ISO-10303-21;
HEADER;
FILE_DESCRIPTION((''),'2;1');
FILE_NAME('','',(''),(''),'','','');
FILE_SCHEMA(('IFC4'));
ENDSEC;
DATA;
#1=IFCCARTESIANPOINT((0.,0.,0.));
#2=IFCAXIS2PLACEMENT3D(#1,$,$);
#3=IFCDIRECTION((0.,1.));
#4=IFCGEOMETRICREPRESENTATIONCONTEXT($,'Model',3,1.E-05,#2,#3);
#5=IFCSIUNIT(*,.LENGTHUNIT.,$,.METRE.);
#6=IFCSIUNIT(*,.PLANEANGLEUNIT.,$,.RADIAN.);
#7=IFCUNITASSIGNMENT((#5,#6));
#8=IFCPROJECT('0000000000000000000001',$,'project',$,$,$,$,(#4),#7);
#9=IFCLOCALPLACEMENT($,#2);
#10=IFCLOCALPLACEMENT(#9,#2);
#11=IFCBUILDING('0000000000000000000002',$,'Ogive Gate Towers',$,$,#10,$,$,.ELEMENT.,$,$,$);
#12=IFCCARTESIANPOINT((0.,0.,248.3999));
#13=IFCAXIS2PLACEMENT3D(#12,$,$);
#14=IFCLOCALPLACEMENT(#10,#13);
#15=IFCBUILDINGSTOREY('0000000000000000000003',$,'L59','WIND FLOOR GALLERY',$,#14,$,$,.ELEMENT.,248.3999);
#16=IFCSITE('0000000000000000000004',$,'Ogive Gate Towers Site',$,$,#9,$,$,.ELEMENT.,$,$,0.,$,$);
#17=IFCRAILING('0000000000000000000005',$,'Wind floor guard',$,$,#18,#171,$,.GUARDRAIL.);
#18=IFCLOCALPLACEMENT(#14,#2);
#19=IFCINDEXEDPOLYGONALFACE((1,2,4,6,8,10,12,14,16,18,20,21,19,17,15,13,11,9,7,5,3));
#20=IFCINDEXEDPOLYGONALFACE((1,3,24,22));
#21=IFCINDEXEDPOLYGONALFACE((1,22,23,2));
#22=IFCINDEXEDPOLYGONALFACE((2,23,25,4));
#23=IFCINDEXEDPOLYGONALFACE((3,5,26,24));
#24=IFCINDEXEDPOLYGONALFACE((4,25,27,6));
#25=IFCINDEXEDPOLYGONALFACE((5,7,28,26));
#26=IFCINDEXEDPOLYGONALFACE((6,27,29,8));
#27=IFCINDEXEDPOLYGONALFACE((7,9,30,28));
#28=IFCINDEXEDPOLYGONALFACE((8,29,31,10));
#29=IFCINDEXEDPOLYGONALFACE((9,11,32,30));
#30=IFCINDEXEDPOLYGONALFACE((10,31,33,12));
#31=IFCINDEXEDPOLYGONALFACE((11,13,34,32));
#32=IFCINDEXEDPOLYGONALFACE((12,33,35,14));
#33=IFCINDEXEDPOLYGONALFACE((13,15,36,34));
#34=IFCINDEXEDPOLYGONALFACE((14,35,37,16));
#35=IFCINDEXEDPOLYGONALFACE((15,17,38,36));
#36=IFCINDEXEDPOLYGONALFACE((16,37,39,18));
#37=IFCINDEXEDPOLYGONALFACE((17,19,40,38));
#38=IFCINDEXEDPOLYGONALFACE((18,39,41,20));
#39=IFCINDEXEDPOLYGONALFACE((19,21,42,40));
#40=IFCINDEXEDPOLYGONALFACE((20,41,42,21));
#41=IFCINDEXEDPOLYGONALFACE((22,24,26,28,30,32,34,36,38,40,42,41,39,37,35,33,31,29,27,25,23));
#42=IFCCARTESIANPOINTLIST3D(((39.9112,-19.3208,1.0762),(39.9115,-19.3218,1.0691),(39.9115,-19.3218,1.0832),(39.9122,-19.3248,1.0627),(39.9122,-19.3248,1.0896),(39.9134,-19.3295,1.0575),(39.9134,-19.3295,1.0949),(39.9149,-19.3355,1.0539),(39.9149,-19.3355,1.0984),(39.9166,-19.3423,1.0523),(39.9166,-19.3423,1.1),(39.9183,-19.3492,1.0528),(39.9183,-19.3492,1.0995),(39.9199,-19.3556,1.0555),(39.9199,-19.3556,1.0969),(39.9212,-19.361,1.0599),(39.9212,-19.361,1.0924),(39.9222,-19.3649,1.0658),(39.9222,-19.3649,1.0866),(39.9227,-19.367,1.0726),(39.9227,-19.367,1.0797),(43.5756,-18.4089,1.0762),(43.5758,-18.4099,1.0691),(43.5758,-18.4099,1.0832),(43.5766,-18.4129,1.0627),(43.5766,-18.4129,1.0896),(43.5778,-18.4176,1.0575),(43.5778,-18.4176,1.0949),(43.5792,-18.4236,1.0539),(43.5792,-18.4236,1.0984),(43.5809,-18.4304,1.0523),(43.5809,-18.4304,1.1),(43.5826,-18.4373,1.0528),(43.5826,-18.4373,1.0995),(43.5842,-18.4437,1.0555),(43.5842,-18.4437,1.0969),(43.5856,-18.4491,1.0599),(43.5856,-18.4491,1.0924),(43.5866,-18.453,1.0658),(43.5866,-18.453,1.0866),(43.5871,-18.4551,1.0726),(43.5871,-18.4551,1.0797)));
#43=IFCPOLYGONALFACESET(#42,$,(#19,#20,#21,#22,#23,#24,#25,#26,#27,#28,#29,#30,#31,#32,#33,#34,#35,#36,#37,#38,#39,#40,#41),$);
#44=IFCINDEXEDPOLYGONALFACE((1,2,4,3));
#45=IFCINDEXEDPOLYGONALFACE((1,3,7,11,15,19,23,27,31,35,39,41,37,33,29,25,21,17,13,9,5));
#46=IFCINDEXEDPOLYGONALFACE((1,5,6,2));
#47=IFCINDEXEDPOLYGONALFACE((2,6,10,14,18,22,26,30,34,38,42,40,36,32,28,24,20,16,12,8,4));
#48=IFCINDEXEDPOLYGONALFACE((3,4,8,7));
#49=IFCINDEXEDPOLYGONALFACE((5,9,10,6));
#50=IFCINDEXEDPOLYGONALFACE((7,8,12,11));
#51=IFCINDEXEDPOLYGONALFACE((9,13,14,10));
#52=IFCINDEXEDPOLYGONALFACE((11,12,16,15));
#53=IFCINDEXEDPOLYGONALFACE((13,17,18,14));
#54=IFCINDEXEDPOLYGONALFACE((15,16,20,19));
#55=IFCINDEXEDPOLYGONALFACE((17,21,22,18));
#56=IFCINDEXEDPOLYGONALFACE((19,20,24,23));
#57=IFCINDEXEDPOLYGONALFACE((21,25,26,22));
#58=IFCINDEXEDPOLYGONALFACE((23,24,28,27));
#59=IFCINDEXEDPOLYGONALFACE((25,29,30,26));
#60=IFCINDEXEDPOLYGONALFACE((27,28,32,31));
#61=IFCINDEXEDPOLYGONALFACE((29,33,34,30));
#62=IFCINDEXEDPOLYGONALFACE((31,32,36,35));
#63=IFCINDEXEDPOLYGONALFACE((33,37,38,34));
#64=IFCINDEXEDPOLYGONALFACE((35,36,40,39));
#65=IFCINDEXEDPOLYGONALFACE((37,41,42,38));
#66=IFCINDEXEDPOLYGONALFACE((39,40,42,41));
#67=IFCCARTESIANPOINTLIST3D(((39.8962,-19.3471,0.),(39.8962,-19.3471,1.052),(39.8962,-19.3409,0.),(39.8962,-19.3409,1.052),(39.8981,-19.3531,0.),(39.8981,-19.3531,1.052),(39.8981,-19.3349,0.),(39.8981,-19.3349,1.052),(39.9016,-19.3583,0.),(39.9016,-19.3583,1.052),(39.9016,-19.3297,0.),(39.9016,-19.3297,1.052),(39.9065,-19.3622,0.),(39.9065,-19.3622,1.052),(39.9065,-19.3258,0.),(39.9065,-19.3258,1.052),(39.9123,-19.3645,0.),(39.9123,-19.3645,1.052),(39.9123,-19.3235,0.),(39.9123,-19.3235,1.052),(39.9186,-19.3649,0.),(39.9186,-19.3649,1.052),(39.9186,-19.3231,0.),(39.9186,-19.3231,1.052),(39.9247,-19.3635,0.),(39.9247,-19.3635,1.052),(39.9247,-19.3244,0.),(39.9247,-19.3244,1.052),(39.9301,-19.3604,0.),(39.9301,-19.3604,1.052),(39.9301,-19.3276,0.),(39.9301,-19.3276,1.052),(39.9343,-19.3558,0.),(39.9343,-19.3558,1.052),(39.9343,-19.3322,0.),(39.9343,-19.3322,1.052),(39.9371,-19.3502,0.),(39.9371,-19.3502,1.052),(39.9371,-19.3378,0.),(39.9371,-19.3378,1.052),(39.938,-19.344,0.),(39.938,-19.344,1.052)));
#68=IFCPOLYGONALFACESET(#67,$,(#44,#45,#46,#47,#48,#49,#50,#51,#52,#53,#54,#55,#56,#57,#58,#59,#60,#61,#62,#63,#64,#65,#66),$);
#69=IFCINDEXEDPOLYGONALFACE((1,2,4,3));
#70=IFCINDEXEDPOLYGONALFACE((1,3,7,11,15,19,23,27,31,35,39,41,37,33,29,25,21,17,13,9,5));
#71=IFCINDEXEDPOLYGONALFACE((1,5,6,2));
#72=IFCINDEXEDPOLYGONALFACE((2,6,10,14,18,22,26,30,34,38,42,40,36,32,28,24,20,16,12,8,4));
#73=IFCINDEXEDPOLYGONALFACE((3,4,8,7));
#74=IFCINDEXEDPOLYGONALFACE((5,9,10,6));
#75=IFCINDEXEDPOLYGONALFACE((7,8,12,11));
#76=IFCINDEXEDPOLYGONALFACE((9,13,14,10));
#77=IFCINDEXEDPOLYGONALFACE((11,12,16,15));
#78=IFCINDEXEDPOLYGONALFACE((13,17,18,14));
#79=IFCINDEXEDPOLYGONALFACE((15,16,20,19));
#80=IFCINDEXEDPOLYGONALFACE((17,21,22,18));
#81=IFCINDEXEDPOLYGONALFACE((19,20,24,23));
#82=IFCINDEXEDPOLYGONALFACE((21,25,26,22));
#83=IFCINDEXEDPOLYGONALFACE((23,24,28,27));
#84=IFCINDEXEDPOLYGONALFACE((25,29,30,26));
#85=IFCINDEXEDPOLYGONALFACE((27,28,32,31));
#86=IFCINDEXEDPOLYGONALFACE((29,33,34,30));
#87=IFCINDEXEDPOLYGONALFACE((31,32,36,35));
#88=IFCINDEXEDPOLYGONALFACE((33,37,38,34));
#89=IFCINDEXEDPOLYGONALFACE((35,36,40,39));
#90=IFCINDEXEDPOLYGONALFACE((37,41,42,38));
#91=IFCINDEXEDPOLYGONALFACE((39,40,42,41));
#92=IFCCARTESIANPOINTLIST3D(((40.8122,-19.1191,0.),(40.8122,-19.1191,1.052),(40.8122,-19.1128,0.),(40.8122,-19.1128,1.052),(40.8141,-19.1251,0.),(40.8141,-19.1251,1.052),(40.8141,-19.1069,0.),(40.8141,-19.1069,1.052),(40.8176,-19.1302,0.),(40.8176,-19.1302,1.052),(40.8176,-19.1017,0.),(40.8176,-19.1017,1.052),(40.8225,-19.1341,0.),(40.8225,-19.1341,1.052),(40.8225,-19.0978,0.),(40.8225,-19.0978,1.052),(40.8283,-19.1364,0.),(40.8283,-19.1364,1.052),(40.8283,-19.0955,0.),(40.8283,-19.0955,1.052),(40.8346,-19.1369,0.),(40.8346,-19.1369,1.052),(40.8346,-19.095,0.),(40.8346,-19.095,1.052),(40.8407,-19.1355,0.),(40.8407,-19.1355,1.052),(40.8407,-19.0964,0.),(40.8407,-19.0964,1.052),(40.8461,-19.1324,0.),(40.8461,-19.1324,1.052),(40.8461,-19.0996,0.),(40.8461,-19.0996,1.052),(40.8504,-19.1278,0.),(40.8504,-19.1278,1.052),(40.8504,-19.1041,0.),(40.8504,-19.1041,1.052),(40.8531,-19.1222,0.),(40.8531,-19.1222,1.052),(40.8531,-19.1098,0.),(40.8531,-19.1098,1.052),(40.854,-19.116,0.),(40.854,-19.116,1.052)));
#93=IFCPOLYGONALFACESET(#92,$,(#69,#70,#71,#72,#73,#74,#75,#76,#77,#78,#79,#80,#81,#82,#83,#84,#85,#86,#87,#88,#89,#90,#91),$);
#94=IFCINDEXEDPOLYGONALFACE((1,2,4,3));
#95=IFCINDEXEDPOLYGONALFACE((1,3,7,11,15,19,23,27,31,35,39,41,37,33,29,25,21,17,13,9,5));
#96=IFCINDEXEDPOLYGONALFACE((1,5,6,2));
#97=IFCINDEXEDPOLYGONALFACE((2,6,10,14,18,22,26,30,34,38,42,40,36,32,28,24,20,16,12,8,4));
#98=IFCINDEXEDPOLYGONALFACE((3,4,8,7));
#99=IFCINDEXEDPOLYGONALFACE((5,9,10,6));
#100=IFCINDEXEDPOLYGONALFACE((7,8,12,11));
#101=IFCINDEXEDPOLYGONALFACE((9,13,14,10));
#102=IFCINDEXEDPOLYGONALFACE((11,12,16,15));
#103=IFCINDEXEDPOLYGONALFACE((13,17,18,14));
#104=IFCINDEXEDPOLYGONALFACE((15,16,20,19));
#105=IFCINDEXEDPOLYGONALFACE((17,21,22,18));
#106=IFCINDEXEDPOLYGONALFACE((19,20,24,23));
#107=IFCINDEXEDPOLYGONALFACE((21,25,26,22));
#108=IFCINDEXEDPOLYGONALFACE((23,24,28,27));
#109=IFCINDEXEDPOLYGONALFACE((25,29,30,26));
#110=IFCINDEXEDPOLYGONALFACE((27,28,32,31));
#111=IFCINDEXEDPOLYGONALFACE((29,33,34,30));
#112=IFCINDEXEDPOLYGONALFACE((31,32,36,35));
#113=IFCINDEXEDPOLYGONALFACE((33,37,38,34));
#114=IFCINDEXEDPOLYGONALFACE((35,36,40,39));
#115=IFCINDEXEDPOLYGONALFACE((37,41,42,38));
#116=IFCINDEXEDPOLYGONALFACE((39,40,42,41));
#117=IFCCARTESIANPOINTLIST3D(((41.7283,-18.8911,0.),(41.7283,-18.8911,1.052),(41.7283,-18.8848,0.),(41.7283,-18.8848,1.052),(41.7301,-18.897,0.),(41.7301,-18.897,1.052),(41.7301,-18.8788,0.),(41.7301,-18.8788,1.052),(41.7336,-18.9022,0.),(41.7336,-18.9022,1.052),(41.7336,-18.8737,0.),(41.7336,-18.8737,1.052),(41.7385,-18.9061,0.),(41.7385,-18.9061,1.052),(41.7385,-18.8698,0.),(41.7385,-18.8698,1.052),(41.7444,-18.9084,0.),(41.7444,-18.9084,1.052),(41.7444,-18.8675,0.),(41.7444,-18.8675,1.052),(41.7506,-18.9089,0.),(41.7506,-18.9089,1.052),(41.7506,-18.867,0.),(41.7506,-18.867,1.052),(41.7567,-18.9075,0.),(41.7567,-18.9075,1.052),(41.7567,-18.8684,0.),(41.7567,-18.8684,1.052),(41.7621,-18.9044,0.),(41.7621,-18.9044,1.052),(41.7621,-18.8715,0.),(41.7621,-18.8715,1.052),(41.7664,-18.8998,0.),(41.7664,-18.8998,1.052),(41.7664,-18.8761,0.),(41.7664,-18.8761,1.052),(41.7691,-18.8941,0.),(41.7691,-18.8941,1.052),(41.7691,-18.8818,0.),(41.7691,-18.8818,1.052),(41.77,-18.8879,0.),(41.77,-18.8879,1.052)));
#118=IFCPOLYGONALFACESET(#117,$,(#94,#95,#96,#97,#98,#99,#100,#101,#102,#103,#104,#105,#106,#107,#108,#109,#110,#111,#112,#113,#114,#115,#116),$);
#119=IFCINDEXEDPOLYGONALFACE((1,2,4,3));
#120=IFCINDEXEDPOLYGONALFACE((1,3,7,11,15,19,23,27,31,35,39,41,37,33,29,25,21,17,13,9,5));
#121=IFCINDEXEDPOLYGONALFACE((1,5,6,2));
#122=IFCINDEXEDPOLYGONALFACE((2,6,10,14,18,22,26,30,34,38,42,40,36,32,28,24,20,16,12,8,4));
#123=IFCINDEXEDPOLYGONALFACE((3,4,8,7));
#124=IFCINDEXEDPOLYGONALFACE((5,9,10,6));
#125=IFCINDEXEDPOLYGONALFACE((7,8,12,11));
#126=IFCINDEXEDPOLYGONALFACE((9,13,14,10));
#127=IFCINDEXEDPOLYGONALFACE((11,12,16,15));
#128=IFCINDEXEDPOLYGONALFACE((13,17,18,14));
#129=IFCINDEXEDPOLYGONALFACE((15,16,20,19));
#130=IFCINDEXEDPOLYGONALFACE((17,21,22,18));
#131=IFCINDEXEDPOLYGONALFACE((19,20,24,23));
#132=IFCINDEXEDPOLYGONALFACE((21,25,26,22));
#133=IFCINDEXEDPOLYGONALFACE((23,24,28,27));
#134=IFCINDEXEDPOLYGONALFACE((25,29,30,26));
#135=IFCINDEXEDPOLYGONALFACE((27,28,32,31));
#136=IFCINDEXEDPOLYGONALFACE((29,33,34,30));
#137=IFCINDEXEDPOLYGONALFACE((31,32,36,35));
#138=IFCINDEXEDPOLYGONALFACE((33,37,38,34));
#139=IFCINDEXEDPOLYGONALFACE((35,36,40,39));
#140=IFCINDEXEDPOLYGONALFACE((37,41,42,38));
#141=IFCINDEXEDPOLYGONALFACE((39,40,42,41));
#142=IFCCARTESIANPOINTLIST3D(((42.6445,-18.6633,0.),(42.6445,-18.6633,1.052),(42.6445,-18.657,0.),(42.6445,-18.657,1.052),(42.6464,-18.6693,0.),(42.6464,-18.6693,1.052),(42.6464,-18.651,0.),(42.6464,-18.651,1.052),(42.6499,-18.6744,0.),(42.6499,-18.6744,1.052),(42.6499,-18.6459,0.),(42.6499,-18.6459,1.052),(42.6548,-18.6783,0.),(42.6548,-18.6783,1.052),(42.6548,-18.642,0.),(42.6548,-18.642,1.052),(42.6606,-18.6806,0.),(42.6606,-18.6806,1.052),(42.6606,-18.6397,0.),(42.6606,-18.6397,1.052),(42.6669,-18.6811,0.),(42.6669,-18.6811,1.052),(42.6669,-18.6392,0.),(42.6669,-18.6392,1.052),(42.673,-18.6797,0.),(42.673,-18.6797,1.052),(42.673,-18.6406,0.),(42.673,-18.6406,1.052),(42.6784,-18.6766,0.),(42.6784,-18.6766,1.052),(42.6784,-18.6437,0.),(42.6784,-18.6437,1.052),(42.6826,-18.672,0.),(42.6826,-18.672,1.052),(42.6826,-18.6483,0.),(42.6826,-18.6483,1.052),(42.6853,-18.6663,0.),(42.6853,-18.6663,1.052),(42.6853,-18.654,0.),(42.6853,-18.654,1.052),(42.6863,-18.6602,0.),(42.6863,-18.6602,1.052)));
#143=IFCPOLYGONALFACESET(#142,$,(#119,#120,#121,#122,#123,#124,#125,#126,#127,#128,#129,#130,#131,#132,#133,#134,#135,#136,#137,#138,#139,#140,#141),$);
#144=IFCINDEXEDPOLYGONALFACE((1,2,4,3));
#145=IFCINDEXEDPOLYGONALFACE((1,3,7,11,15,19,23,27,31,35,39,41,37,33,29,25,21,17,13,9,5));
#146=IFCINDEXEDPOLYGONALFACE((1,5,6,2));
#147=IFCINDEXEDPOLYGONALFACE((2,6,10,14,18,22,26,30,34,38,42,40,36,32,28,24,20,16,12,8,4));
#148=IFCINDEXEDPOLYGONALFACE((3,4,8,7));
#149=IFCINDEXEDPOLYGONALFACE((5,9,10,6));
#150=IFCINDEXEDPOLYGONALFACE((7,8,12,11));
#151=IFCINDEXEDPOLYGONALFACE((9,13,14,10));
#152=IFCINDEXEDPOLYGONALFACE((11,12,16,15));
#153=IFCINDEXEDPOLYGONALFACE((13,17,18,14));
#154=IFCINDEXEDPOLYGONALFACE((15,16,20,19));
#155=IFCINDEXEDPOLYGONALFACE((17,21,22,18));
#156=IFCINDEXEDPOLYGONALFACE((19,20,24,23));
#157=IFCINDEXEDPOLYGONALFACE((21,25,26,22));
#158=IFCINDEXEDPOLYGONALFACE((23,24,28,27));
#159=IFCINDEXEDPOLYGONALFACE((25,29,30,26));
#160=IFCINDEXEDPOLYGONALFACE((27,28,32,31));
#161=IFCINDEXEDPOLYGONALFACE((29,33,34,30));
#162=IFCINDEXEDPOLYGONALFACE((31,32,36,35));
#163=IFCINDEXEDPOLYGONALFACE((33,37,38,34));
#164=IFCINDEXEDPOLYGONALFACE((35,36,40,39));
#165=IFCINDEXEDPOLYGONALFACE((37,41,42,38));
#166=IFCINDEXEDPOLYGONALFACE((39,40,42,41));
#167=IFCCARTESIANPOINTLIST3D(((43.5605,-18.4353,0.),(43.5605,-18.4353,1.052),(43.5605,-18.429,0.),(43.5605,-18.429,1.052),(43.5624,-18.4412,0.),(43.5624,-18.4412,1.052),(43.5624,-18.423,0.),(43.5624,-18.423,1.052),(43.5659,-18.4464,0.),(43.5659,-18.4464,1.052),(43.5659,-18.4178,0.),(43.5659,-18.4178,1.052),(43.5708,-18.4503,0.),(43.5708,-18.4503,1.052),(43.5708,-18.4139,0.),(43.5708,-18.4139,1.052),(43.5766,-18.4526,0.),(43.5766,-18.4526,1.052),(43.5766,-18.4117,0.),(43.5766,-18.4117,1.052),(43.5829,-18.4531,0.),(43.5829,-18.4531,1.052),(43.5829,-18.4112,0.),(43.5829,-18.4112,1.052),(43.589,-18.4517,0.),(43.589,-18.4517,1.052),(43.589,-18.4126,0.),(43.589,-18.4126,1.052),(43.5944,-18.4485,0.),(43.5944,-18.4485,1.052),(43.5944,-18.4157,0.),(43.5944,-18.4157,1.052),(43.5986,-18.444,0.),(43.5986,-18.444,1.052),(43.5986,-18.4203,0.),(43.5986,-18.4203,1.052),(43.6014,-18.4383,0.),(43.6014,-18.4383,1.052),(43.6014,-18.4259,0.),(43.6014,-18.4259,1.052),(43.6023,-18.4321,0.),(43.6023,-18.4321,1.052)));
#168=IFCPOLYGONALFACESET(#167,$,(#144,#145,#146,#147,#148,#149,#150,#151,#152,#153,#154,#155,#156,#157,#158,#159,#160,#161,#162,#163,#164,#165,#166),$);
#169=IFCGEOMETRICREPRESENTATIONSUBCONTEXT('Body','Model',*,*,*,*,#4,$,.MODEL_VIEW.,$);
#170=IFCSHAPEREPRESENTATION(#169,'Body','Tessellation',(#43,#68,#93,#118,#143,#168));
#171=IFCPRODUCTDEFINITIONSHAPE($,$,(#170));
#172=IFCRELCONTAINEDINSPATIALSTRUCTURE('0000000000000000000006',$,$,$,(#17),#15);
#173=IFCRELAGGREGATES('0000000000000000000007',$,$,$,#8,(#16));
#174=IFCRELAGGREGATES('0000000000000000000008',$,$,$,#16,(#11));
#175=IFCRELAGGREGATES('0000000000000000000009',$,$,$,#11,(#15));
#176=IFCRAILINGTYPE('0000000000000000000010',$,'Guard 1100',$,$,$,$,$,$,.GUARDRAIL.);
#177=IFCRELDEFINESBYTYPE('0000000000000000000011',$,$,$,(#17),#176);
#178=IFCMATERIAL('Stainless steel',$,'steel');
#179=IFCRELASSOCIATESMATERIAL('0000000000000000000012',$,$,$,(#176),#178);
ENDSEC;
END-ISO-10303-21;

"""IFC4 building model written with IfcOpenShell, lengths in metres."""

from ifc_helpers import new_model, si_unit, direction, frame, origin, origin_2d, place, context, subcontext, project, spatial, circle, extrude, material, type_object, element, save


model = new_model("IFC4")

# Units and contexts
model_context = context("Model", 3, precision=1e-05, world=origin(), true_north=direction((0.0, 1.0)))
body_context = subcontext(model_context, "Body", "Model", "MODEL_VIEW")
ifc_project = project(units=[si_unit("LENGTHUNIT", "METRE"), si_unit("PLANEANGLEUNIT", "RADIAN")], contexts=[model_context])

# Site, building, storey
site_placement = place(None, origin())
site = spatial("IfcSite", under=ifc_project, at=site_placement, Name="Ogive Gate Towers Site", CompositionType="ELEMENT", RefElevation=0.0)
building_placement = place(site_placement, origin())
building = spatial("IfcBuilding", under=site, at=building_placement, Name="Ogive Gate Towers", CompositionType="ELEMENT")
storey_placement = place(building_placement, frame((0.0, 0.0, 248.3999)))
storey = spatial("IfcBuildingStorey", under=building, at=storey_placement, Name="L59", Description="WIND FLOOR GALLERY", CompositionType="ELEMENT", Elevation=248.3999)

# Railing
ifc_material_1 = material(Name="Stainless steel", Category="steel")
railing_type_1 = type_object("IfcRailingType", Name="Guard 1100", PredefinedType="GUARDRAIL", material=ifc_material_1)
railing_1_placement = place(storey_placement, frame((39.917, -19.344, 0.0)))
element("IfcRailing", 1, at=railing_1_placement, inside=storey, type_object=railing_type_1, Name="Wind floor guard", PredefinedType="GUARDRAIL", context=body_context, shape_type="SweptSolid", body=[
    extrude(circle(Radius=0.0239, at=origin_2d()), frame((0.0, 0.0, 1.0762), z_axis=(0.970404, 0.241486, 0.0), x_axis=(-0.241486, 0.970404, 0.0)), (0.0, 0.0, 1.0), 3.7761),
    extrude(circle(Radius=0.021, at=origin_2d()), origin(), (0.0, 0.0, 1.0), 1.052),
    extrude(circle(Radius=0.021, at=origin_2d()), frame((0.916, 0.228, 0.0)), (0.0, 0.0, 1.0), 1.052),
    extrude(circle(Radius=0.021, at=origin_2d()), frame((1.832, 0.4561, 0.0)), (0.0, 0.0, 1.0), 1.052),
    extrude(circle(Radius=0.021, at=origin_2d()), frame((2.7483, 0.6838, 0.0)), (0.0, 0.0, 1.0), 1.052),
    extrude(circle(Radius=0.021, at=origin_2d()), frame((3.6643, 0.9119, 0.0)), (0.0, 0.0, 1.0), 1.052),
])

save(model, "model.ifc")
